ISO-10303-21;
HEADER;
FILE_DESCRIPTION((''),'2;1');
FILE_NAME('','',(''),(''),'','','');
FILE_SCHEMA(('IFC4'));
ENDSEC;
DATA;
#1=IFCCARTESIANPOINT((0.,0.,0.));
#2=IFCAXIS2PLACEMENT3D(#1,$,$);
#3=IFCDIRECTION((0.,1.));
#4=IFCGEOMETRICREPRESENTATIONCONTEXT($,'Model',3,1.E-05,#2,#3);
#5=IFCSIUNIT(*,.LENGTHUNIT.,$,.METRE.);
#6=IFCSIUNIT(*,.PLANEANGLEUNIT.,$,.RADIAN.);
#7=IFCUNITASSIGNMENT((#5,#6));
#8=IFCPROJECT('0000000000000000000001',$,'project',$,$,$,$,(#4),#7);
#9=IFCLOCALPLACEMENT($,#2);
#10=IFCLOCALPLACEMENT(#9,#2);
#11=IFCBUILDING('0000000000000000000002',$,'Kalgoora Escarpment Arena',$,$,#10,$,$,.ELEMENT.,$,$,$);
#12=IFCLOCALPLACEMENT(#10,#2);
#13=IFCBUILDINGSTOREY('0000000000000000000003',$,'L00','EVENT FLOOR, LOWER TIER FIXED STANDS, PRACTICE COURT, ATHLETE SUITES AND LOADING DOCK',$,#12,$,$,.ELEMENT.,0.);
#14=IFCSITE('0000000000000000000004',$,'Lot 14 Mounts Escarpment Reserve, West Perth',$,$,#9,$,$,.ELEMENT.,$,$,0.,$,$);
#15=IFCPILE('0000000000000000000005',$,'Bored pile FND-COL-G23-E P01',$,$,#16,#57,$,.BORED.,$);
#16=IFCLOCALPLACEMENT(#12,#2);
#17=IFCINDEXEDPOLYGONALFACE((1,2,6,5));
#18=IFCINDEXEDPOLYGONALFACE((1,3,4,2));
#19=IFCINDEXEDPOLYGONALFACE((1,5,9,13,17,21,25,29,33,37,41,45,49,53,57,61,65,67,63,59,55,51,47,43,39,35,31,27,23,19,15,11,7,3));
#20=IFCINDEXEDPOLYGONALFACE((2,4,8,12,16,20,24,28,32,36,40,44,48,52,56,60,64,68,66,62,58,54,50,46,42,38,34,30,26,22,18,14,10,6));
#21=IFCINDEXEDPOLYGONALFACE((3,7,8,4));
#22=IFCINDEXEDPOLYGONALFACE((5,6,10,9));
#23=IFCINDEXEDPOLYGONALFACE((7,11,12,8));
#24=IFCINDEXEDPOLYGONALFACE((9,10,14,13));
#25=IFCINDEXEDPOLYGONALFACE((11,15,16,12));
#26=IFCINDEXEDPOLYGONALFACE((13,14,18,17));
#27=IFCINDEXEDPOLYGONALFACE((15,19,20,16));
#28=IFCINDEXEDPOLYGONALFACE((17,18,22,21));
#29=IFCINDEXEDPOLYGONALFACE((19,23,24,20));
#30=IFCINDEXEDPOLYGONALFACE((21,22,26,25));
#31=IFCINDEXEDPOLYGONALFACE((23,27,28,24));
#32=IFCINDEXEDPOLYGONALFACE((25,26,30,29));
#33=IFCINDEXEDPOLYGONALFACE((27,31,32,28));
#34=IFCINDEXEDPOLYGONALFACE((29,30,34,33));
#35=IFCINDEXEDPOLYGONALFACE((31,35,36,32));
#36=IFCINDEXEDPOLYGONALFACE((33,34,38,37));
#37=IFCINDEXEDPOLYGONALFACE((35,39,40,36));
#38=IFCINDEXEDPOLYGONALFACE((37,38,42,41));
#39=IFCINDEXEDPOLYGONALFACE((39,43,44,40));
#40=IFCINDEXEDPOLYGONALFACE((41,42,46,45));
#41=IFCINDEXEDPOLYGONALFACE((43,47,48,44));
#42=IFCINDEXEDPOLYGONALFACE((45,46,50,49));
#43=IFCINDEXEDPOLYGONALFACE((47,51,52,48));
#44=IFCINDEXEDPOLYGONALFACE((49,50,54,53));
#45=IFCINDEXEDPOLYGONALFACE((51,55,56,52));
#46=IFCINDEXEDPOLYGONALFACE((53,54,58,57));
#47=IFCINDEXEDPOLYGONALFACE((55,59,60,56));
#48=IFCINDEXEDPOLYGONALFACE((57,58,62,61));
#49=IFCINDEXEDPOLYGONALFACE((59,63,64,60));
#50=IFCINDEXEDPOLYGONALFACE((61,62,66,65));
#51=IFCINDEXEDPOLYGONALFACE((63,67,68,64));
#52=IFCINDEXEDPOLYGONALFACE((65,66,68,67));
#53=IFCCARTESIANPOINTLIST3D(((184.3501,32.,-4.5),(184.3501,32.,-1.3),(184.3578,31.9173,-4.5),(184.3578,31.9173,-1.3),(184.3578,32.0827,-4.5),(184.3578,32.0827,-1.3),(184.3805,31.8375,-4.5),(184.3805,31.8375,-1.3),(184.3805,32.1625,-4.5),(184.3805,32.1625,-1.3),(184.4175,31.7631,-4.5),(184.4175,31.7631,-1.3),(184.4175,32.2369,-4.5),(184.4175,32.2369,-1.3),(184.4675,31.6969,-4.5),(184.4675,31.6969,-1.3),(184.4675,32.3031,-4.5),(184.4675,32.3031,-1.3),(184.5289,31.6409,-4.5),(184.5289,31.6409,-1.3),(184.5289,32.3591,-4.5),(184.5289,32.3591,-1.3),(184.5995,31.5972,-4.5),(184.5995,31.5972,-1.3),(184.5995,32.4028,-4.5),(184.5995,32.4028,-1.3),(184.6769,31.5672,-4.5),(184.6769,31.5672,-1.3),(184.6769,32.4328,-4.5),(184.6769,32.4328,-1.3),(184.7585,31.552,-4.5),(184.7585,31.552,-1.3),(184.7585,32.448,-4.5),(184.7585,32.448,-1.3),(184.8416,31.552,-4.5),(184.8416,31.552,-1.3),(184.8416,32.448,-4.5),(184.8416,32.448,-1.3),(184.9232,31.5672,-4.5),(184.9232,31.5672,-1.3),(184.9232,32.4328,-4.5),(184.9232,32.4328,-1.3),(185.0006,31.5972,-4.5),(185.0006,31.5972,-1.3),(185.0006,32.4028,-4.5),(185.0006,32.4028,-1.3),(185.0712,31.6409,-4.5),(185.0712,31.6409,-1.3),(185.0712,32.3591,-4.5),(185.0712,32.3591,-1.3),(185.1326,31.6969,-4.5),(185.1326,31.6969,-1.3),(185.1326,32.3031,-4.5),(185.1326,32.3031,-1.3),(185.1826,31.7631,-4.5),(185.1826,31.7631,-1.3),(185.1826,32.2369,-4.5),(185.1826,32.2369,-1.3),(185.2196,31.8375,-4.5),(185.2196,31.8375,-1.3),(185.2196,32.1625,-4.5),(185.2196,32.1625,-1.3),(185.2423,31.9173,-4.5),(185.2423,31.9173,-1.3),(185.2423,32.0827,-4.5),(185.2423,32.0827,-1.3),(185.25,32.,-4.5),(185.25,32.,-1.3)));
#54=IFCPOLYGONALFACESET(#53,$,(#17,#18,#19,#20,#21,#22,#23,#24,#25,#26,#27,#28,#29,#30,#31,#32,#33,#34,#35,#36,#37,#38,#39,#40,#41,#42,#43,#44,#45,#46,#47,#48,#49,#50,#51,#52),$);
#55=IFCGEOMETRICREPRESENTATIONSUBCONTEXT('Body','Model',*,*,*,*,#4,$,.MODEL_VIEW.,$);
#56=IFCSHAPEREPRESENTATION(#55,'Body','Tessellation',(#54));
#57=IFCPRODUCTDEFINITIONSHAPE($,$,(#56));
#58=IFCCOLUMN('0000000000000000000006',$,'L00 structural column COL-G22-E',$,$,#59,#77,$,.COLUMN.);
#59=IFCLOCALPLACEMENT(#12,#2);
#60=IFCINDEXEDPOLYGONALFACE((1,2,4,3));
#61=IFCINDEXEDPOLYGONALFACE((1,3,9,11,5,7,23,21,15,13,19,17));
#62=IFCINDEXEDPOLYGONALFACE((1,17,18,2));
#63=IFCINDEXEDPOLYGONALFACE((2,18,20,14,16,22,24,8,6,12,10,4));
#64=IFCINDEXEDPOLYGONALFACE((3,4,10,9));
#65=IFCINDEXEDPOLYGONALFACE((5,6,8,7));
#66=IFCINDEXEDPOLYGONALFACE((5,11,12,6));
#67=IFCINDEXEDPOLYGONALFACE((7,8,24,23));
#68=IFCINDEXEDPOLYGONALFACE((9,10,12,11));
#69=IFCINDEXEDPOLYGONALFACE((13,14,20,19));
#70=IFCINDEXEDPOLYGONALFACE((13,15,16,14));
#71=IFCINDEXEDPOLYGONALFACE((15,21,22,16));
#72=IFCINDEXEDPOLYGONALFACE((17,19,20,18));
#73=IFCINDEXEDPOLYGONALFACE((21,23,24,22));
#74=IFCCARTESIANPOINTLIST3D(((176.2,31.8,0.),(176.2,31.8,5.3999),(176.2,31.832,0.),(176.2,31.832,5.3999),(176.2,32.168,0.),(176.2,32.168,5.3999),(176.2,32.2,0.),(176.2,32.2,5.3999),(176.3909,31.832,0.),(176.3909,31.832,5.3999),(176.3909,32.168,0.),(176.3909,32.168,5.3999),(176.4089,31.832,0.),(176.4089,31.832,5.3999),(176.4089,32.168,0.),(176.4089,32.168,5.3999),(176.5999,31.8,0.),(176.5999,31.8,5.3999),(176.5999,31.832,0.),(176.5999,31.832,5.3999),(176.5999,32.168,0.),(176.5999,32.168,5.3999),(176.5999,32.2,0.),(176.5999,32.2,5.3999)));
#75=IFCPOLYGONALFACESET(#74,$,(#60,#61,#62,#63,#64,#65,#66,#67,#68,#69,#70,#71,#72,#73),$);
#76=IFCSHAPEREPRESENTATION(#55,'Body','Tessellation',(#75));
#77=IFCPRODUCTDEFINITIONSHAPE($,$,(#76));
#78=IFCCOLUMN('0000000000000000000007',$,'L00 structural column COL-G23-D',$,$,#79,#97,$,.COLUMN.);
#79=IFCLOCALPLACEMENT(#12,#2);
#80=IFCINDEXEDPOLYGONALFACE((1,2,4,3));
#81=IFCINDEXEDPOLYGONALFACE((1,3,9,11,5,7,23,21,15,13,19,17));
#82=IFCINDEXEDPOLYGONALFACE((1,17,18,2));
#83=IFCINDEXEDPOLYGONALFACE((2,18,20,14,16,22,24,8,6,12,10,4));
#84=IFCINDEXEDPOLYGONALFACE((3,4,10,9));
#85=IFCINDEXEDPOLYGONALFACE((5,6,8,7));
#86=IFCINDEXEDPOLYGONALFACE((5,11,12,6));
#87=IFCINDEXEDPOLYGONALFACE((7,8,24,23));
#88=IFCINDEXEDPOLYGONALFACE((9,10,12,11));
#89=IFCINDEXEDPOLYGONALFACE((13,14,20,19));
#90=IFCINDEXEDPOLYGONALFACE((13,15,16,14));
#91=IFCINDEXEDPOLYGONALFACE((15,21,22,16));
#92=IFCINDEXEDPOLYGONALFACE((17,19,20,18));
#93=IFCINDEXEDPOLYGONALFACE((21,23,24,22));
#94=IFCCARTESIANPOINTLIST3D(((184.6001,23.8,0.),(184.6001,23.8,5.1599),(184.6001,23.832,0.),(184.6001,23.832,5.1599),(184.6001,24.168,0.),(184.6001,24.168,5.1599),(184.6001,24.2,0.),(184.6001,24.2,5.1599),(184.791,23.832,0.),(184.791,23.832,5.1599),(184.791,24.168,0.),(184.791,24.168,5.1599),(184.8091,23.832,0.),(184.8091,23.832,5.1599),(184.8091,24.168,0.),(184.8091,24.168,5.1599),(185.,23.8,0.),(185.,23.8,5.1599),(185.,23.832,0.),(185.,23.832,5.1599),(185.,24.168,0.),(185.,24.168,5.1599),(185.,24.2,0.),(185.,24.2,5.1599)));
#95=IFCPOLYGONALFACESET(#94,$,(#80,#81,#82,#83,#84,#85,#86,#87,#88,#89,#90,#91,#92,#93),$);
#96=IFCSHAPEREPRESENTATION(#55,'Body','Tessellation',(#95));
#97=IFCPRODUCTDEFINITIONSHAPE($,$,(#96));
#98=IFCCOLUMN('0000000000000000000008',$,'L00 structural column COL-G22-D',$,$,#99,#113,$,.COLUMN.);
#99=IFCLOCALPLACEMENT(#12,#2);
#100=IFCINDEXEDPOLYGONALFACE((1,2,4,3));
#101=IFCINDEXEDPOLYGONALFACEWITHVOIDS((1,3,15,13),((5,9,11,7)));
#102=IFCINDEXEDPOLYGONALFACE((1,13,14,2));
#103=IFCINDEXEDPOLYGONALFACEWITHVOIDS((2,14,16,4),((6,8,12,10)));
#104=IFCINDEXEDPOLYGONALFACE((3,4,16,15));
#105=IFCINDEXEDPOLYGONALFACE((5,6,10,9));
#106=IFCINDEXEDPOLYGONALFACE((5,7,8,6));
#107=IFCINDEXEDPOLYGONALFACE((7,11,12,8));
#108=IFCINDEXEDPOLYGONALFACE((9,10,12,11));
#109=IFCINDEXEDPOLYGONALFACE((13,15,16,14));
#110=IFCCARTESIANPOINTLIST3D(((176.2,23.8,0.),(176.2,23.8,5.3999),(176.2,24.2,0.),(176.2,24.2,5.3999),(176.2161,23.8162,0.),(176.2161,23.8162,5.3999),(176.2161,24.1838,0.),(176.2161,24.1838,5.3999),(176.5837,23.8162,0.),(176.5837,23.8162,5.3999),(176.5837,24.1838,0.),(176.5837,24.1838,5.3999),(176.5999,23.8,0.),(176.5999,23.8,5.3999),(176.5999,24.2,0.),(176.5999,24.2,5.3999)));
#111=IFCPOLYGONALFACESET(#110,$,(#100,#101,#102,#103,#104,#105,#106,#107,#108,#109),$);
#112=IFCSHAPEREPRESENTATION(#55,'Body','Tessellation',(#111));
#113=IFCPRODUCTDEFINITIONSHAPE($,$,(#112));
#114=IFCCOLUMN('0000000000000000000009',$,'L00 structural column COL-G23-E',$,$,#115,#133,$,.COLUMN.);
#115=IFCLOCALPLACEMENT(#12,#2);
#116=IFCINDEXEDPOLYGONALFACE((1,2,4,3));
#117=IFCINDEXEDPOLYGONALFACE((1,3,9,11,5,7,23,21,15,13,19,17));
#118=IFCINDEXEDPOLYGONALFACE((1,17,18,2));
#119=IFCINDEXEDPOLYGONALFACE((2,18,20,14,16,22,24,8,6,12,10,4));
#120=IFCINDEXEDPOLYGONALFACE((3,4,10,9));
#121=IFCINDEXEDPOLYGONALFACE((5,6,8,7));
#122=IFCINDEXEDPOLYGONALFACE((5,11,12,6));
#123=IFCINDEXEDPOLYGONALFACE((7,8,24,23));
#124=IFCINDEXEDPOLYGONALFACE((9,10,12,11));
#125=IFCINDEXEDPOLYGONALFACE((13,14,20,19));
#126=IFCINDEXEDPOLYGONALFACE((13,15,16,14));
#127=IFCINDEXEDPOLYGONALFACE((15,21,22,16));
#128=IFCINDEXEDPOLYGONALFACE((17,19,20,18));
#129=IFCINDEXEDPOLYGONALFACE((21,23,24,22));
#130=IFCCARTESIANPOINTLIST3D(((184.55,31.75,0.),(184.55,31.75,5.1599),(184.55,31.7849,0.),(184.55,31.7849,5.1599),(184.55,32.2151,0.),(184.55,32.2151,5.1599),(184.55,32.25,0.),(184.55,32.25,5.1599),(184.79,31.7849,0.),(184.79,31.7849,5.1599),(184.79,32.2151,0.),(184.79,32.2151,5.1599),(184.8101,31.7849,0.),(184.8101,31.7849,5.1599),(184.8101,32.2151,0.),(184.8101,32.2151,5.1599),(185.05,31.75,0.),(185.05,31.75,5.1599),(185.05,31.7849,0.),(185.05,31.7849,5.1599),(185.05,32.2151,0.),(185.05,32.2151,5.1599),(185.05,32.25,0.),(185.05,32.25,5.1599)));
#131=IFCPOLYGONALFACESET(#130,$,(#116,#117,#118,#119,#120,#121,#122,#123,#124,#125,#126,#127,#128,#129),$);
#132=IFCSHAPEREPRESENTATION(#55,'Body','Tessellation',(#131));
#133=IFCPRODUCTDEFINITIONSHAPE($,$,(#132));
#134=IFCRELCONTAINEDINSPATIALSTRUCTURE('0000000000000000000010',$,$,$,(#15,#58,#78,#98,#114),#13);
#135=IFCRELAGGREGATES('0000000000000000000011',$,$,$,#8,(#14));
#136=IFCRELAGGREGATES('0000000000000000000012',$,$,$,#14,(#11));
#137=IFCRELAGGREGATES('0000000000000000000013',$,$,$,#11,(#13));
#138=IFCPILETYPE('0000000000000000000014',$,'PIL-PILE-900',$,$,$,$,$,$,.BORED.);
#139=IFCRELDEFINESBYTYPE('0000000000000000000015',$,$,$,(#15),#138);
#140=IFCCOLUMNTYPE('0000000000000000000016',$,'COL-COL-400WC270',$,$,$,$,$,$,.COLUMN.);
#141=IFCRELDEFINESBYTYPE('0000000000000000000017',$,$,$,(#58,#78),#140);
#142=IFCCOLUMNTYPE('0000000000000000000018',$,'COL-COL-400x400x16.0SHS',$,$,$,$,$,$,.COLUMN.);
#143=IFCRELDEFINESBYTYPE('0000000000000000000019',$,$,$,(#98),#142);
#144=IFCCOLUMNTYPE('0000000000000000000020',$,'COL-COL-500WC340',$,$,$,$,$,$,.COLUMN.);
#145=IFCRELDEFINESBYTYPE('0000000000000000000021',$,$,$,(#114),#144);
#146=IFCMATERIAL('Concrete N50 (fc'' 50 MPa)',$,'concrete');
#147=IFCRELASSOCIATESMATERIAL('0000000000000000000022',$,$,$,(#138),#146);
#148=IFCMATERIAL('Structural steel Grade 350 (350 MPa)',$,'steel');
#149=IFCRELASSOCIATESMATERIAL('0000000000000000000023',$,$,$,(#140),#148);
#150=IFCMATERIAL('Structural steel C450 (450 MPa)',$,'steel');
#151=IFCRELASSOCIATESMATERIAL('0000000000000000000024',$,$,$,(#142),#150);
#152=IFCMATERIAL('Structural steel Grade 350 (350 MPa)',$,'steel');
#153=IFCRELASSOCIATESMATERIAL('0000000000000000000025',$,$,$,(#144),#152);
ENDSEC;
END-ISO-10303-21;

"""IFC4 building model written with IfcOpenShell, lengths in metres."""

from ifc_helpers import new_model, si_unit, direction, frame, origin, origin_2d, place, context, subcontext, project, spatial, hollow_rectangle, circle, i_section, extrude, material, material_profile, profile_set, type_object, element, save


model = new_model("IFC4")

# Units and contexts
model_context = context("Model", 3, precision=1e-05, world=origin(), true_north=direction((0.0, 1.0)))
body_context = subcontext(model_context, "Body", "Model", "MODEL_VIEW")
ifc_project = project(units=[si_unit("LENGTHUNIT", "METRE"), si_unit("PLANEANGLEUNIT", "RADIAN")], contexts=[model_context])

# Site, building, storey
site_placement = place(None, origin())
site = spatial("IfcSite", under=ifc_project, at=site_placement, Name="Lot 14 Mounts Escarpment Reserve, West Perth", CompositionType="ELEMENT", RefElevation=0.0)
building_placement = place(site_placement, origin())
building = spatial("IfcBuilding", under=site, at=building_placement, Name="Kalgoora Escarpment Arena", CompositionType="ELEMENT")
storey_placement = place(building_placement, origin())
storey = spatial("IfcBuildingStorey", under=building, at=storey_placement, Name="L00", Description="EVENT FLOOR, LOWER TIER FIXED STANDS, PRACTICE COURT, ATHLETE SUITES AND LOADING DOCK", CompositionType="ELEMENT", Elevation=0.0)

# Pile
ifc_material_1 = material(Name="Concrete N50 (fc' 50 MPa)", Category="concrete")
ifc_material_profile_1 = material_profile(ifc_material_1, circle(Radius=0.45, at=origin_2d()))
ifc_profile_set_1 = profile_set([ifc_material_profile_1], Name="Concrete N50 (fc' 50 MPa)")
pile_type_1 = type_object("IfcPileType", Name="PIL-PILE-900", PredefinedType="BORED", material=ifc_profile_set_1)
for number, where, z_axis, x_axis, name in (
    (1, (184.8, 32.0, -1.3), (0.0, 0.0, -1.0), (1.0, 0.0, 0.0), "Bored pile FND-COL-G23-E P01"),
):
    element("IfcPile", number, at=place(storey_placement, frame(where, z_axis=z_axis, x_axis=x_axis)), inside=storey, type_object=pile_type_1, Name=name, PredefinedType="BORED", context=body_context, shape_type="SweptSolid", body=[
        extrude(circle(Radius=0.45, at=origin_2d()), origin(), (0.0, 0.0, 1.0), 3.2),
    ])

# Columns
ifc_material_2 = material(Name="Structural steel Grade 350 (350 MPa)", Category="steel")
ifc_material_profile_2 = material_profile(ifc_material_2, i_section(OverallWidth=0.3999, OverallDepth=0.3999, WebThickness=0.0181, FlangeThickness=0.032, at=origin_2d()))
ifc_profile_set_2 = profile_set([ifc_material_profile_2], Name="Structural steel Grade 350 (350 MPa)")
column_type_1 = type_object("IfcColumnType", Name="COL-COL-400WC270", PredefinedType="COLUMN", material=ifc_profile_set_2)
column_1_placement = place(storey_placement, frame((176.3999, 32.0, 0.0), z_axis=(0.0, 0.0, 1.0), x_axis=(1.0, 0.0, 0.0)))
element("IfcColumn", 2, at=column_1_placement, inside=storey, type_object=column_type_1, Name="L00 structural column COL-G22-E", PredefinedType="COLUMN", context=body_context, shape_type="SweptSolid", body=[
    extrude(i_section(OverallWidth=0.3999, OverallDepth=0.3999, WebThickness=0.0181, FlangeThickness=0.032, at=origin_2d()), origin(), (0.0, 0.0, 1.0), 5.3999),
])
column_2_placement = place(storey_placement, frame((184.8, 24.0, 0.0), z_axis=(0.0, 0.0, 1.0), x_axis=(1.0, 0.0, 0.0)))
element("IfcColumn", 3, at=column_2_placement, inside=storey, type_object=column_type_1, Name="L00 structural column COL-G23-D", PredefinedType="COLUMN", context=body_context, shape_type="SweptSolid", body=[
    extrude(i_section(OverallWidth=0.3999, OverallDepth=0.3999, WebThickness=0.0181, FlangeThickness=0.032, at=origin_2d()), origin(), (0.0, 0.0, 1.0), 5.1599),
])
ifc_material_3 = material(Name="Structural steel C450 (450 MPa)", Category="steel")
ifc_material_profile_3 = material_profile(ifc_material_3, hollow_rectangle(XDim=0.3999, YDim=0.3999, WallThickness=0.0161, at=origin_2d()))
ifc_profile_set_3 = profile_set([ifc_material_profile_3], Name="Structural steel C450 (450 MPa)")
column_type_2 = type_object("IfcColumnType", Name="COL-COL-400x400x16.0SHS", PredefinedType="COLUMN", material=ifc_profile_set_3)
column_3_placement = place(storey_placement, frame((176.3999, 24.0, 0.0), z_axis=(0.0, 0.0, 1.0), x_axis=(1.0, 0.0, 0.0)))
element("IfcColumn", 4, at=column_3_placement, inside=storey, type_object=column_type_2, Name="L00 structural column COL-G22-D", PredefinedType="COLUMN", context=body_context, shape_type="SweptSolid", body=[
    extrude(hollow_rectangle(XDim=0.3999, YDim=0.3999, WallThickness=0.0161, at=origin_2d()), origin(), (0.0, 0.0, 1.0), 5.3999),
])
ifc_material_4 = material(Name="Structural steel Grade 350 (350 MPa)", Category="steel")
ifc_material_profile_4 = material_profile(ifc_material_4, i_section(OverallWidth=0.5, OverallDepth=0.5, WebThickness=0.02, FlangeThickness=0.0349, at=origin_2d()))
ifc_profile_set_4 = profile_set([ifc_material_profile_4], Name="Structural steel Grade 350 (350 MPa)")
column_type_3 = type_object("IfcColumnType", Name="COL-COL-500WC340", PredefinedType="COLUMN", material=ifc_profile_set_4)
column_4_placement = place(storey_placement, frame((184.8, 32.0, 0.0), z_axis=(0.0, 0.0, 1.0), x_axis=(1.0, 0.0, 0.0)))
element("IfcColumn", 5, at=column_4_placement, inside=storey, type_object=column_type_3, Name="L00 structural column COL-G23-E", PredefinedType="COLUMN", context=body_context, shape_type="SweptSolid", body=[
    extrude(i_section(OverallWidth=0.5, OverallDepth=0.5, WebThickness=0.02, FlangeThickness=0.0349, at=origin_2d()), origin(), (0.0, 0.0, 1.0), 5.1599),
])

save(model, "model.ifc")
